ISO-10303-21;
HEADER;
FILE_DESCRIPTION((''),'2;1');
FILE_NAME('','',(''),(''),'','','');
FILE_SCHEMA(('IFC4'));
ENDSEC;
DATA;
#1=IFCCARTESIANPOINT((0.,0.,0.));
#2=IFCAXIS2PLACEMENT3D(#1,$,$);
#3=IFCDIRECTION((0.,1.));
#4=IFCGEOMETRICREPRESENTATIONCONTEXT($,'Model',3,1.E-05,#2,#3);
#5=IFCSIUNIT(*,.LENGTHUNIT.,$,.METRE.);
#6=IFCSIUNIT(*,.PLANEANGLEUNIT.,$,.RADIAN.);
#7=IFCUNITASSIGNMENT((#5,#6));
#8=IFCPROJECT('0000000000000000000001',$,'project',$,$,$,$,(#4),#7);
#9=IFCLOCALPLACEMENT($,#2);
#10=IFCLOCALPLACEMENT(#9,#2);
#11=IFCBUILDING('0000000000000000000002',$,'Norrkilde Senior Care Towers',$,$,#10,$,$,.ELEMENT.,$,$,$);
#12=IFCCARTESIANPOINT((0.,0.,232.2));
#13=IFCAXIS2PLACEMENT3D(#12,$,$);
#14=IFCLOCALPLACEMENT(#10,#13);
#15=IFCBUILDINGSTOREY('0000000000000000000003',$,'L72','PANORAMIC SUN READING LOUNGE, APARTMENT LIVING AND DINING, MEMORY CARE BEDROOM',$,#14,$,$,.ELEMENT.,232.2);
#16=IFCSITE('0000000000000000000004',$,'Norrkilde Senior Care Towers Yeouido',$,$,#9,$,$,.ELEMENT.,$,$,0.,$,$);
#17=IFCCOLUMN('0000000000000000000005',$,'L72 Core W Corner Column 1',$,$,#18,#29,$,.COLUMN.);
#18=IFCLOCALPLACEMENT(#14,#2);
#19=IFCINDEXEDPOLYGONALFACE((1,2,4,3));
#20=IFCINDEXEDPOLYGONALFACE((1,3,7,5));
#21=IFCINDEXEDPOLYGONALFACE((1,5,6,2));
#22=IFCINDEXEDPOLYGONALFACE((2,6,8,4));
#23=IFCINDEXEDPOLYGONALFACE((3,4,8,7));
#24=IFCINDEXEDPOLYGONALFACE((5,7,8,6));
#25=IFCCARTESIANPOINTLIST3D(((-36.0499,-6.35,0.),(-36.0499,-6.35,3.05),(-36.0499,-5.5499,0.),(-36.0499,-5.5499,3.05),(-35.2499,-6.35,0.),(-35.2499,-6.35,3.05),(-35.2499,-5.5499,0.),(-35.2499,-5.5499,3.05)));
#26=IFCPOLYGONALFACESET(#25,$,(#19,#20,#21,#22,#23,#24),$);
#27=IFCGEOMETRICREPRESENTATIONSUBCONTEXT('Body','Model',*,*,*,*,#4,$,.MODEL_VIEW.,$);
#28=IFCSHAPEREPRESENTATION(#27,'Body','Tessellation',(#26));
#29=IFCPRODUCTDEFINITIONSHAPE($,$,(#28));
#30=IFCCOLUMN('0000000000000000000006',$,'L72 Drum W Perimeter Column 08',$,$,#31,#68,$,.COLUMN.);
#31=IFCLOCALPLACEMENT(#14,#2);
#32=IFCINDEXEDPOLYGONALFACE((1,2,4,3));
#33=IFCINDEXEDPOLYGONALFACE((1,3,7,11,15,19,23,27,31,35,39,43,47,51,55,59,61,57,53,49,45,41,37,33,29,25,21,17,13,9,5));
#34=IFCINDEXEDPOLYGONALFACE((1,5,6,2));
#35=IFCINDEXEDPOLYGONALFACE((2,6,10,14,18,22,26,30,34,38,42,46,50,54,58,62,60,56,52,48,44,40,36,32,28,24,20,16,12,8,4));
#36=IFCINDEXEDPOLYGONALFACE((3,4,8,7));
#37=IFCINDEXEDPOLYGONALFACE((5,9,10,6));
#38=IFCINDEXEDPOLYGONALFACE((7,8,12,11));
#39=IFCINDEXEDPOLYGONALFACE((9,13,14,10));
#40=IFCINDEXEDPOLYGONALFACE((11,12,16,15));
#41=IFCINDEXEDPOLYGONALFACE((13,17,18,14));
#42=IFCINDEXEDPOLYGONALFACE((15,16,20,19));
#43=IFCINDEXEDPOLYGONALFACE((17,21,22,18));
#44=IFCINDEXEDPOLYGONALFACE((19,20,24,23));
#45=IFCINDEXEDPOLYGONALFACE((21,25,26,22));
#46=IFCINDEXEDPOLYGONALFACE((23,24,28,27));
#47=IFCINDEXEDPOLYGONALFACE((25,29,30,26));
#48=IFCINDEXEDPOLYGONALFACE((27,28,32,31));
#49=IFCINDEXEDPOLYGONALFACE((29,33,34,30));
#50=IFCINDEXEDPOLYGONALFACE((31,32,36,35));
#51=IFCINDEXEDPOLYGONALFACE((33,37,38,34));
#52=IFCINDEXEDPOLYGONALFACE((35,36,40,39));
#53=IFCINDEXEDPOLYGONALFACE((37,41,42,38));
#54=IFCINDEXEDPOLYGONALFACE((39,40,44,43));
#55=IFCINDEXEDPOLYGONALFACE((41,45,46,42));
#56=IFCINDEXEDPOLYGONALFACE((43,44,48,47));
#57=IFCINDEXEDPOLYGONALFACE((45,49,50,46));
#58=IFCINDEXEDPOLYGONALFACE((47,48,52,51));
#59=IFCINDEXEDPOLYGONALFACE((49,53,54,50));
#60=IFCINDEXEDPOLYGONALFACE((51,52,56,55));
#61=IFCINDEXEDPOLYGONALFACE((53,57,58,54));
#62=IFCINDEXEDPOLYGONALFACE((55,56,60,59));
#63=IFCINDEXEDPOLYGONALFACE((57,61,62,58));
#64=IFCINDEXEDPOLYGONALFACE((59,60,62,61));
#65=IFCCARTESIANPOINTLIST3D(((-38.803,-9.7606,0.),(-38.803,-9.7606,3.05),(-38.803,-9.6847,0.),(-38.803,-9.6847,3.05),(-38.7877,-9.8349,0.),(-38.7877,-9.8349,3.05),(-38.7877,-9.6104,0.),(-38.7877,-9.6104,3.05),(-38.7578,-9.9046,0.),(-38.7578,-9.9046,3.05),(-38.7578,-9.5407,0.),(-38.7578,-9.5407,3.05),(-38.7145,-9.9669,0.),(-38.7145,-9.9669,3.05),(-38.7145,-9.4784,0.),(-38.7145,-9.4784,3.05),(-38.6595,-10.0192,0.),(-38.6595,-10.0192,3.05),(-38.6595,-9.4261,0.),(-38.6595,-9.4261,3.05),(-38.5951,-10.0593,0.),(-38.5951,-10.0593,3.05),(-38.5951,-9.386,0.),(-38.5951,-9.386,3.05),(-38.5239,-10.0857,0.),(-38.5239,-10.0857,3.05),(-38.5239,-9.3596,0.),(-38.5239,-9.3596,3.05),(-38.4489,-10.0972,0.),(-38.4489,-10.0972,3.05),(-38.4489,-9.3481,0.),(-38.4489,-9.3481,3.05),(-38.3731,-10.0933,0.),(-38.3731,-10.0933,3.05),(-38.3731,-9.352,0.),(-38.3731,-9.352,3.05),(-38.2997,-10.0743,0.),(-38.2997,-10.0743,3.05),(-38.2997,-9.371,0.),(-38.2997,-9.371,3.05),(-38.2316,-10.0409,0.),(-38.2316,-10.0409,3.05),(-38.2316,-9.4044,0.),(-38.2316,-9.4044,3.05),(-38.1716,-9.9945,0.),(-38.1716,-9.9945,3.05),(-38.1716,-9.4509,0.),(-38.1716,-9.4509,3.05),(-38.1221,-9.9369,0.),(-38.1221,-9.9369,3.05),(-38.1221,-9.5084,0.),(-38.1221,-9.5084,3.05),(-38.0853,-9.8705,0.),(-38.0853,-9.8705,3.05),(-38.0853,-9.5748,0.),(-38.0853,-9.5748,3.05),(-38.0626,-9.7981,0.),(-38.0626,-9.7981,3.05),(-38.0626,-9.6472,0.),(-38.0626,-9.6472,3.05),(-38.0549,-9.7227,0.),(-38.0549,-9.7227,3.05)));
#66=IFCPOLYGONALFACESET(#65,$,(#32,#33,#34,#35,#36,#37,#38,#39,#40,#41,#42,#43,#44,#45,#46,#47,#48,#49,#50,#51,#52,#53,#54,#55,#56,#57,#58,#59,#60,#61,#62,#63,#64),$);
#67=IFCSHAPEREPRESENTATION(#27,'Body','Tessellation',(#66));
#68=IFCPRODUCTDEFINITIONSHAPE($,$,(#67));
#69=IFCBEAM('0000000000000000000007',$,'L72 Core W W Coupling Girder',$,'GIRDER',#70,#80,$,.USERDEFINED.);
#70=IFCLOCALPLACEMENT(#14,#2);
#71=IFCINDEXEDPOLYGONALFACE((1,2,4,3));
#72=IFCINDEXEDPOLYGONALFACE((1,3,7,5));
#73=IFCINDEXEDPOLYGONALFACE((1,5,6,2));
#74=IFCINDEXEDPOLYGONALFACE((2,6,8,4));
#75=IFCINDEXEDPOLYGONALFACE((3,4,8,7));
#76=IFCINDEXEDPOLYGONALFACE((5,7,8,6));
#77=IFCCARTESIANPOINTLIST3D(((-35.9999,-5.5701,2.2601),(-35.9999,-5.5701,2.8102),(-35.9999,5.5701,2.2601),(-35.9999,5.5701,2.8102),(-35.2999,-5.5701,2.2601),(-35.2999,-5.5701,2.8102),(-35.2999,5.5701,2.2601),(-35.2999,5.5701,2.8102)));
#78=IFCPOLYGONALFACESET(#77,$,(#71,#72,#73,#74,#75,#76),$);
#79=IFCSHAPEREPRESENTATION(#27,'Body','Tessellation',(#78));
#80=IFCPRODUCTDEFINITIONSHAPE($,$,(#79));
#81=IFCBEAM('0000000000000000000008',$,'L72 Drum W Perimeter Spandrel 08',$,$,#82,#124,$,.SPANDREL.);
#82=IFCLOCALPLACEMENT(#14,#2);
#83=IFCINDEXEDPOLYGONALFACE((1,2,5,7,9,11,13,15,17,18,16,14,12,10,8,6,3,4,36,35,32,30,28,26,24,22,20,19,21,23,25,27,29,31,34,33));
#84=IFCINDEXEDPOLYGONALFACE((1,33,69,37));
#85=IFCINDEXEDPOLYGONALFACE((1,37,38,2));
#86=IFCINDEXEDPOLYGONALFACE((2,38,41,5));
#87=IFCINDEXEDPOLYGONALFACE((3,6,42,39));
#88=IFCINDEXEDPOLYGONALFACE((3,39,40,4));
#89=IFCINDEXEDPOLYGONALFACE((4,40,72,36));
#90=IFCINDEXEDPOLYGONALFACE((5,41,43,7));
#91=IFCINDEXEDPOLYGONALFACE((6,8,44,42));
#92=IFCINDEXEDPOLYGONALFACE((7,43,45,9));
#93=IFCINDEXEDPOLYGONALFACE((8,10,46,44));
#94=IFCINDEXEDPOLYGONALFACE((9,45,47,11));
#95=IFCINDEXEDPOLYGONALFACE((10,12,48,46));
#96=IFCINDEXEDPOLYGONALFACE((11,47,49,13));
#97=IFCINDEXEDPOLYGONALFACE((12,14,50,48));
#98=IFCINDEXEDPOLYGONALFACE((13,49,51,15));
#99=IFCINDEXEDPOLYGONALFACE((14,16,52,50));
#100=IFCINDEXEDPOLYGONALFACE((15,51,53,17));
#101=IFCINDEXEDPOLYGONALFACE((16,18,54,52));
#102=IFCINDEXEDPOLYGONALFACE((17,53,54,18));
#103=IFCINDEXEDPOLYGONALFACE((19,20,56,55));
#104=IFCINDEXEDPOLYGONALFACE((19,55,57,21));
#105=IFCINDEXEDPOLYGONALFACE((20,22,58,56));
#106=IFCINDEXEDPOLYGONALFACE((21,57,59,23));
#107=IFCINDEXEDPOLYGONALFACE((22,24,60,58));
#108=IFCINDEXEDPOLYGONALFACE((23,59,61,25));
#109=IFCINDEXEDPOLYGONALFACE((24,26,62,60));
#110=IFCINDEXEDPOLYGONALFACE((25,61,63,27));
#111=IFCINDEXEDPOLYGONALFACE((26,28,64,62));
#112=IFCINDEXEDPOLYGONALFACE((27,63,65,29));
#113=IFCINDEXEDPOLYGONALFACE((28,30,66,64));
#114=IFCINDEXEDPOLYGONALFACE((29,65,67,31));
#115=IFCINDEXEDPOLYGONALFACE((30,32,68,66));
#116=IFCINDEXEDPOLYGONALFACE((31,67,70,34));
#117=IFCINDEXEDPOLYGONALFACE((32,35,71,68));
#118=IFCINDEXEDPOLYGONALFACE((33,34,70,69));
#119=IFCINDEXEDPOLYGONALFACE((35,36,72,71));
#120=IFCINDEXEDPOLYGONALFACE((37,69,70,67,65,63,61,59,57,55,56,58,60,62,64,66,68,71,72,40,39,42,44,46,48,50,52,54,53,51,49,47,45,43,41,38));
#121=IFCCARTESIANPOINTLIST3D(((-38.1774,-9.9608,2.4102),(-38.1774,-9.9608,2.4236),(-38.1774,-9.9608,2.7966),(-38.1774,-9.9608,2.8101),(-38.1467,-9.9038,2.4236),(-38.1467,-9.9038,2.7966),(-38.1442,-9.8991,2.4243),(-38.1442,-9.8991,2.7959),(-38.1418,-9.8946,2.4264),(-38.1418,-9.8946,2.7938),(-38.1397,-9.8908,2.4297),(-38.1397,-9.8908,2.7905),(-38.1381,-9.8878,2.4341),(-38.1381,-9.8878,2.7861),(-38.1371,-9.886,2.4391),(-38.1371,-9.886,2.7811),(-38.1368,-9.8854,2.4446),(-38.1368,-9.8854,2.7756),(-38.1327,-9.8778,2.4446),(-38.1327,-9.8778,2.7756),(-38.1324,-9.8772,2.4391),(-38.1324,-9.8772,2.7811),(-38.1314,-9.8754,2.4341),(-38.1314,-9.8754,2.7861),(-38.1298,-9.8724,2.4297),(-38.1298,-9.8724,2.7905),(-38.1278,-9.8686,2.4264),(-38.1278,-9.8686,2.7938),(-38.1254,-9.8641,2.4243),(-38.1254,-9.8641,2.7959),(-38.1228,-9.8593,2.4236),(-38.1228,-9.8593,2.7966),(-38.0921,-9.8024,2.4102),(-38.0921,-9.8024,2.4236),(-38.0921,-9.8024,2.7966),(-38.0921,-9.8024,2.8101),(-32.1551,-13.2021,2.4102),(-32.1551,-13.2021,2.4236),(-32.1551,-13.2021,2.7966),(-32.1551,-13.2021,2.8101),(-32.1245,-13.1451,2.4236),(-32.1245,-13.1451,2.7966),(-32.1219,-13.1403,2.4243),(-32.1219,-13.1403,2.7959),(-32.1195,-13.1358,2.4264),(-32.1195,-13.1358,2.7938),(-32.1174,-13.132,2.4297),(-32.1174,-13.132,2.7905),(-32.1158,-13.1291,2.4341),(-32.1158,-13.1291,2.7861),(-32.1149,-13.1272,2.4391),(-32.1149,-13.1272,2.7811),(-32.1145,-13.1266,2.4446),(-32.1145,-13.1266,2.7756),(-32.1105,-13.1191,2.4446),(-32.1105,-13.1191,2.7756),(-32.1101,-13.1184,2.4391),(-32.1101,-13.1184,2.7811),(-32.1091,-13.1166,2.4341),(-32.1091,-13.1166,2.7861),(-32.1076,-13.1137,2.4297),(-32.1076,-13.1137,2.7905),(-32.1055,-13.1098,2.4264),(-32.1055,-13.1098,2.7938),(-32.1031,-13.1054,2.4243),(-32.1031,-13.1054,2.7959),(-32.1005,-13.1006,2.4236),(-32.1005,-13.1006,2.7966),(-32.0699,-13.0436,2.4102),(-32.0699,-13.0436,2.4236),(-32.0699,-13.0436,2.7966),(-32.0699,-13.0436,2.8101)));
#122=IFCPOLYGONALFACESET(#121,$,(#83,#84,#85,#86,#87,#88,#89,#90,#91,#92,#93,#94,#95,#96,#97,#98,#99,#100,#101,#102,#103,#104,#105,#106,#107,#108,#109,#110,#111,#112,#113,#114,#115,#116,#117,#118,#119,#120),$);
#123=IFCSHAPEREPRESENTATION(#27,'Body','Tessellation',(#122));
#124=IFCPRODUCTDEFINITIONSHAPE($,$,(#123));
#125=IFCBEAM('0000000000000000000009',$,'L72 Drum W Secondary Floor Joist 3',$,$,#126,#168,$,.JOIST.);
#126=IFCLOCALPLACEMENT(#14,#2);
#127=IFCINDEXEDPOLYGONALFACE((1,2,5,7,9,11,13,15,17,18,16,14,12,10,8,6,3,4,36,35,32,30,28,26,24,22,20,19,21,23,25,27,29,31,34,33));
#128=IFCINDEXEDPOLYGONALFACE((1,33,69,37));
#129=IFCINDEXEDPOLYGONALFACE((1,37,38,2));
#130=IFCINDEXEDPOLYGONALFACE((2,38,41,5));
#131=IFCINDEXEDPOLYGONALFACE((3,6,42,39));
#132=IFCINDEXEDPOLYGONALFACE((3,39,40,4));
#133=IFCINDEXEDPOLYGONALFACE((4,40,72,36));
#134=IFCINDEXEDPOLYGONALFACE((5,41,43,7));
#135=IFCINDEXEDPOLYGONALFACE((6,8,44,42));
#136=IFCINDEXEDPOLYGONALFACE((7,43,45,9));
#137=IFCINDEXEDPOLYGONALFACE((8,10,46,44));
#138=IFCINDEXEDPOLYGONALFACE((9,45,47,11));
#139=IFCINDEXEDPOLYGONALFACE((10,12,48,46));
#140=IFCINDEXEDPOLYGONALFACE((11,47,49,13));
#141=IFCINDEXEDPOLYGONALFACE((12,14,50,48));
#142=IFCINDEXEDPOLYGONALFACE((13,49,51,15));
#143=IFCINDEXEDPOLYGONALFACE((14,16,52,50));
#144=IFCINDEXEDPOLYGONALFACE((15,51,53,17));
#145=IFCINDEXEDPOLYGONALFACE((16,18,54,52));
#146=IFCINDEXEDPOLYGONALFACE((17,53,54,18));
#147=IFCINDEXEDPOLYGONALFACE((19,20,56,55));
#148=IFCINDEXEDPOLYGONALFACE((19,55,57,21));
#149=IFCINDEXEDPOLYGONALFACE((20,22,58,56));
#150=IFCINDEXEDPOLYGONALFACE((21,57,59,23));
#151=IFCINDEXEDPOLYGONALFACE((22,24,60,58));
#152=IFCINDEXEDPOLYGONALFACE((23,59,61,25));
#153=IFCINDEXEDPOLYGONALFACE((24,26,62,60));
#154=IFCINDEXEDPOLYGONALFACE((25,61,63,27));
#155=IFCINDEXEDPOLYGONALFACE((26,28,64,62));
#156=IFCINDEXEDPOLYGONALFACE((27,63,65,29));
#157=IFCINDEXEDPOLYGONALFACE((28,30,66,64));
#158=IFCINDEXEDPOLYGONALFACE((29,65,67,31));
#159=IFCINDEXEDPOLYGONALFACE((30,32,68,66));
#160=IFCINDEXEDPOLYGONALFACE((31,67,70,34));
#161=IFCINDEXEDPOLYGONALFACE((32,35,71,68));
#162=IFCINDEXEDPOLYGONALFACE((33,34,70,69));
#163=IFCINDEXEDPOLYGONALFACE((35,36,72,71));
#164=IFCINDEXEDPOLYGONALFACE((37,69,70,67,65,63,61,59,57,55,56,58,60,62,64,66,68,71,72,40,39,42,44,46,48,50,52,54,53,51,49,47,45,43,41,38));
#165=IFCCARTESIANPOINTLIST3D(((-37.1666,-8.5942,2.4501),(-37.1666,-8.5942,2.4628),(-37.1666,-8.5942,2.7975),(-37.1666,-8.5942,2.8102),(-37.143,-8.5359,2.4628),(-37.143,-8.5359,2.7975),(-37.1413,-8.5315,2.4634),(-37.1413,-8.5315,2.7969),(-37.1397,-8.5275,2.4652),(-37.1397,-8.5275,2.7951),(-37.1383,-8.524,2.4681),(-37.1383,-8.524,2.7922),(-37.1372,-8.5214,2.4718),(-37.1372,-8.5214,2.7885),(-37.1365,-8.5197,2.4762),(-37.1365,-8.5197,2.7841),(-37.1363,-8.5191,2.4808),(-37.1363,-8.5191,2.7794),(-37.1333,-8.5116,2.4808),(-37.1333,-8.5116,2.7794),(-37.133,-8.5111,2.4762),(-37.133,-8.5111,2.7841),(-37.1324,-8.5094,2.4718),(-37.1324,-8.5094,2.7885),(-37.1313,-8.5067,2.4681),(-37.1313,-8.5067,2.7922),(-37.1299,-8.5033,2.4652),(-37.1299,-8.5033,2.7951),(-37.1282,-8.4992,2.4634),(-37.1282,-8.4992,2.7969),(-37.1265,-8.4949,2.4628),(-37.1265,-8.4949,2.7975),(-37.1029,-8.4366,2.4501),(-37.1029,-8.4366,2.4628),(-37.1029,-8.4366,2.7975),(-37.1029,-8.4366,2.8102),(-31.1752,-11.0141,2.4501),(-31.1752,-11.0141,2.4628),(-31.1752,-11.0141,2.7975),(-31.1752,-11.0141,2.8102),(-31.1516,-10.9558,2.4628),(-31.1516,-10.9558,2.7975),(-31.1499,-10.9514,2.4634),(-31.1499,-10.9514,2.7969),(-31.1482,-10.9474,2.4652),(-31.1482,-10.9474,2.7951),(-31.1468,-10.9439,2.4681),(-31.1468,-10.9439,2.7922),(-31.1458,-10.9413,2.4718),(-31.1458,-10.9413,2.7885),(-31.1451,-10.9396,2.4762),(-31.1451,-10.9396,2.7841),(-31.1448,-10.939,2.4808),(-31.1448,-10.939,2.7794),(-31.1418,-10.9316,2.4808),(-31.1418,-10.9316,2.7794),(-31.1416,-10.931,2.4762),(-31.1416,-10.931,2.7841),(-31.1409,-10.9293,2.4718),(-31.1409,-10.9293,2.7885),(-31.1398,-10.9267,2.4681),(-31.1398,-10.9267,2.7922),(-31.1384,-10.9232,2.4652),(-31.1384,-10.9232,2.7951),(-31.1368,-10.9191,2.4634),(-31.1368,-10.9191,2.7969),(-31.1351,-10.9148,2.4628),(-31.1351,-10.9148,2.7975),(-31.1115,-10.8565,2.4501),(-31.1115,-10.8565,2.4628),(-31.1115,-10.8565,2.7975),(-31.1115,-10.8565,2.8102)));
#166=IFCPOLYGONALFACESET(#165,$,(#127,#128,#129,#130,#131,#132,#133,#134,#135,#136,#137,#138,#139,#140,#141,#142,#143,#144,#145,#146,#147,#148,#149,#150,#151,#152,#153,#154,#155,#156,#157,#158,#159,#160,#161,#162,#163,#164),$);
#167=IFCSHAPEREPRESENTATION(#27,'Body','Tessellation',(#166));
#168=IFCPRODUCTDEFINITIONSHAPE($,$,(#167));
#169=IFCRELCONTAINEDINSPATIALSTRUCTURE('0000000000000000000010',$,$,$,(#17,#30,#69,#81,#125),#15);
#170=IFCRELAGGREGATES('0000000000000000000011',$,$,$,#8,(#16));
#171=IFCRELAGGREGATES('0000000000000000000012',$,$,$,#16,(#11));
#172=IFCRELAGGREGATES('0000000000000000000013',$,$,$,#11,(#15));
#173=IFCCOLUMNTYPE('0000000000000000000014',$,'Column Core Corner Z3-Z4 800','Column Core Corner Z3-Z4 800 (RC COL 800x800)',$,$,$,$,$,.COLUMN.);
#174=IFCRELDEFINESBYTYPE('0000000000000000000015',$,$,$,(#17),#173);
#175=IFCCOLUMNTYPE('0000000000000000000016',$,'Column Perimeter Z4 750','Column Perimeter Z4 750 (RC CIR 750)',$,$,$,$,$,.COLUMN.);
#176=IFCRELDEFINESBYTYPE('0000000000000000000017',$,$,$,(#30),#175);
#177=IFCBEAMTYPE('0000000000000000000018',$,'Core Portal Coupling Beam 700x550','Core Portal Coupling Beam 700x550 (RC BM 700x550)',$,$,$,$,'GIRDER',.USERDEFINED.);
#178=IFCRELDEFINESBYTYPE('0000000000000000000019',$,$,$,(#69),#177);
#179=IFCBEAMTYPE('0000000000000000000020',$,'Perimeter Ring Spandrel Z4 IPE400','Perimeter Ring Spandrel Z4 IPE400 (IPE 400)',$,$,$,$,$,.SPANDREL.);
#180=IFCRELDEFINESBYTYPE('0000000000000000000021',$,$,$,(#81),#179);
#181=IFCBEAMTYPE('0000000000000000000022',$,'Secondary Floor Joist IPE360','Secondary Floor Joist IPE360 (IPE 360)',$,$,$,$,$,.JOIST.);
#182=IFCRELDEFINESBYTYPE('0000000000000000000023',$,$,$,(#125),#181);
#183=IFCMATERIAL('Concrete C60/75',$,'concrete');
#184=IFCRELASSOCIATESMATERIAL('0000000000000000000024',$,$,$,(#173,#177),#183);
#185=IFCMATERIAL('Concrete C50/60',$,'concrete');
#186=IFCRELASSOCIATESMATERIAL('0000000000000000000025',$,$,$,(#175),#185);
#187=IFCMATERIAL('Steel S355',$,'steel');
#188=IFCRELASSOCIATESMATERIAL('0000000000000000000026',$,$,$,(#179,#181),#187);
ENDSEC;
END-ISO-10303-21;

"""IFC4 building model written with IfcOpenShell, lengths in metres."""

from ifc_helpers import new_model, si_unit, direction, frame, origin, origin_2d, place, context, subcontext, project, spatial, rectangle, circle, i_section, extrude, source, transform, mapped, material, material_profile, profile_set, type_object, type_shapes, element, save


model = new_model("IFC4")

# Units and contexts
model_context = context("Model", 3, precision=1e-05, world=origin(), true_north=direction((0.0, 1.0)))
body_context = subcontext(model_context, "Body", "Model", "MODEL_VIEW")
ifc_project = project(units=[si_unit("LENGTHUNIT", "METRE"), si_unit("PLANEANGLEUNIT", "RADIAN")], contexts=[model_context])

# Site, building, storey
site_placement = place(None, origin())
site = spatial("IfcSite", under=ifc_project, at=site_placement, Name="Norrkilde Senior Care Towers Yeouido", CompositionType="ELEMENT", RefElevation=0.0)
building_placement = place(site_placement, origin())
building = spatial("IfcBuilding", under=site, at=building_placement, Name="Norrkilde Senior Care Towers", CompositionType="ELEMENT")
storey_placement = place(building_placement, frame((0.0, 0.0, 232.2)))
storey = spatial("IfcBuildingStorey", under=building, at=storey_placement, Name="L72", Description="PANORAMIC SUN READING LOUNGE, APARTMENT LIVING AND DINING, MEMORY CARE BEDROOM", CompositionType="ELEMENT", Elevation=232.2)

# Columns
ifc_material_1 = material(Name="Concrete C60/75", Category="concrete")
ifc_material_profile_1 = material_profile(ifc_material_1, rectangle(XDim=0.8, YDim=0.8, at=origin_2d()), Name="RC COL 800x800")
ifc_profile_set_1 = profile_set([ifc_material_profile_1], Name="Concrete C60/75")
column_type_1 = type_object("IfcColumnType", Name="Column Core Corner Z3-Z4 800", Description="Column Core Corner Z3-Z4 800 (RC COL 800x800)", PredefinedType="COLUMN", material=ifc_profile_set_1)
shared_shape_1 = source(origin(), body_context, "Body", "SweptSolid", [
    extrude(rectangle(XDim=0.8, YDim=0.8, at=origin_2d()), origin(), (0.0, 0.0, 1.0), 3.05),
])
type_shapes(column_type_1, [shared_shape_1])
column_1_placement = place(storey_placement, frame((-35.6499, -5.95, 0.0), z_axis=(0.0, 0.0, 1.0), x_axis=(1.0, 0.0, 0.0)))
element("IfcColumn", 1, at=column_1_placement, inside=storey, type_object=column_type_1, Name="L72 Core W Corner Column 1", PredefinedType="COLUMN", context=body_context, shape_type="MappedRepresentation", body=[
    mapped(shared_shape_1, transform((0.0, 0.0, 0.0), x_axis=(1.0, 0.0, 0.0), y_axis=(0.0, 1.0, 0.0), z_axis=(0.0, 0.0, 1.0), scale=1.0)),
])
ifc_material_2 = material(Name="Concrete C50/60", Category="concrete")
ifc_material_profile_2 = material_profile(ifc_material_2, circle(Radius=0.375, at=origin_2d()), Name="RC CIR 750")
ifc_profile_set_2 = profile_set([ifc_material_profile_2], Name="Concrete C50/60")
column_type_2 = type_object("IfcColumnType", Name="Column Perimeter Z4 750", Description="Column Perimeter Z4 750 (RC CIR 750)", PredefinedType="COLUMN", material=ifc_profile_set_2)
shared_shape_2 = source(origin(), body_context, "Body", "SweptSolid", [
    extrude(circle(Radius=0.375, at=origin_2d()), origin(), (0.0, 0.0, 1.0), 3.05),
])
type_shapes(column_type_2, [shared_shape_2])
column_2_placement = place(storey_placement, frame((-38.4299, -9.7227, 0.0), z_axis=(0.0, 0.0, 1.0), x_axis=(1.0, 0.0, 0.0)))
element("IfcColumn", 2, at=column_2_placement, inside=storey, type_object=column_type_2, Name="L72 Drum W Perimeter Column 08", PredefinedType="COLUMN", context=body_context, shape_type="MappedRepresentation", body=[
    mapped(shared_shape_2, transform((0.0, 0.0, 0.0), x_axis=(1.0, 0.0, 0.0), y_axis=(0.0, 1.0, 0.0), z_axis=(0.0, 0.0, 1.0), scale=1.0)),
])

# Beams
ifc_material_profile_3 = material_profile(ifc_material_1, rectangle(XDim=0.7, YDim=0.55, at=origin_2d()), Name="RC BM 700x550")
ifc_profile_set_3 = profile_set([ifc_material_profile_3], Name="Concrete C60/75")
beam_type_1 = type_object("IfcBeamType", Name="Core Portal Coupling Beam 700x550", Description="Core Portal Coupling Beam 700x550 (RC BM 700x550)", ElementType="GIRDER", PredefinedType="USERDEFINED", material=ifc_profile_set_3)
shared_shape_3 = source(origin(), body_context, "Body", "SweptSolid", [
    extrude(rectangle(XDim=0.7, YDim=0.55, at=origin_2d()), origin(), (0.0, 0.0, 1.0), 11.1401),
])
type_shapes(beam_type_1, [shared_shape_3])
beam_1_placement = place(storey_placement, frame((-35.6499, -5.5701, 2.5352), z_axis=(0.0, 1.0, 0.0), x_axis=(-1.0, 0.0, 0.0)))
element("IfcBeam", 3, at=beam_1_placement, inside=storey, type_object=beam_type_1, Name="L72 Core W W Coupling Girder", ObjectType="GIRDER", PredefinedType="USERDEFINED", context=body_context, shape_type="MappedRepresentation", body=[
    mapped(shared_shape_3, transform((0.0, 0.0, 0.0), x_axis=(1.0, 0.0, 0.0), y_axis=(0.0, 1.0, 0.0), z_axis=(0.0, 0.0, 1.0), scale=1.0)),
])
ifc_material_3 = material(Name="Steel S355", Category="steel")
ifc_material_profile_4 = material_profile(ifc_material_3, i_section(OverallWidth=0.1799, OverallDepth=0.3999, WebThickness=0.0085, FlangeThickness=0.0134, FilletRadius=0.021, at=origin_2d()), Name="IPE 400")
ifc_profile_set_4 = profile_set([ifc_material_profile_4], Name="Steel S355")
beam_type_2 = type_object("IfcBeamType", Name="Perimeter Ring Spandrel Z4 IPE400", Description="Perimeter Ring Spandrel Z4 IPE400 (IPE 400)", PredefinedType="SPANDREL", material=ifc_profile_set_4)
shared_shape_4 = source(origin(), body_context, "Body", "SweptSolid", [
    extrude(i_section(OverallWidth=0.1799, OverallDepth=0.3999, WebThickness=0.0085, FlangeThickness=0.0134, FilletRadius=0.021, at=origin_2d()), origin(), (0.0, 0.0, 1.0), 6.8391),
])
type_shapes(beam_type_2, [shared_shape_4])
beam_2_placement = place(storey_placement, frame((-38.1348, -9.8816, 2.6101), z_axis=(0.880564, -0.473927, 0.0), x_axis=(0.473927, 0.880564, 0.0)))
element("IfcBeam", 4, at=beam_2_placement, inside=storey, type_object=beam_type_2, Name="L72 Drum W Perimeter Spandrel 08", PredefinedType="SPANDREL", context=body_context, shape_type="MappedRepresentation", body=[
    mapped(shared_shape_4, transform((0.0, 0.0, 0.0), x_axis=(1.0, 0.0, 0.0), y_axis=(0.0, 1.0, 0.0), z_axis=(0.0, 0.0, 1.0), scale=1.0)),
])
ifc_material_profile_5 = material_profile(ifc_material_3, i_section(OverallWidth=0.1699, OverallDepth=0.3601, WebThickness=0.0081, FlangeThickness=0.0127, FilletRadius=0.0181, at=origin_2d()), Name="IPE 360")
ifc_profile_set_5 = profile_set([ifc_material_profile_5], Name="Steel S355")
beam_type_3 = type_object("IfcBeamType", Name="Secondary Floor Joist IPE360", Description="Secondary Floor Joist IPE360 (IPE 360)", PredefinedType="JOIST", material=ifc_profile_set_5)
shared_shape_5 = source(origin(), body_context, "Body", "SweptSolid", [
    extrude(i_section(OverallWidth=0.1699, OverallDepth=0.3601, WebThickness=0.0081, FlangeThickness=0.0127, FilletRadius=0.0181, at=origin_2d()), origin(), (0.0, 0.0, 1.0), 6.4617),
])
type_shapes(beam_type_3, [shared_shape_5])
beam_3_placement = place(storey_placement, frame((-37.1348, -8.5154, 2.6301), z_axis=(0.927226, -0.374502, 0.0), x_axis=(0.374502, 0.927226, 0.0)))
element("IfcBeam", 5, at=beam_3_placement, inside=storey, type_object=beam_type_3, Name="L72 Drum W Secondary Floor Joist 3", PredefinedType="JOIST", context=body_context, shape_type="MappedRepresentation", body=[
    mapped(shared_shape_5, transform((0.0, 0.0, 0.0), x_axis=(1.0, 0.0, 0.0), y_axis=(0.0, 1.0, 0.0), z_axis=(0.0, 0.0, 1.0), scale=1.0)),
])

save(model, "model.ifc")
